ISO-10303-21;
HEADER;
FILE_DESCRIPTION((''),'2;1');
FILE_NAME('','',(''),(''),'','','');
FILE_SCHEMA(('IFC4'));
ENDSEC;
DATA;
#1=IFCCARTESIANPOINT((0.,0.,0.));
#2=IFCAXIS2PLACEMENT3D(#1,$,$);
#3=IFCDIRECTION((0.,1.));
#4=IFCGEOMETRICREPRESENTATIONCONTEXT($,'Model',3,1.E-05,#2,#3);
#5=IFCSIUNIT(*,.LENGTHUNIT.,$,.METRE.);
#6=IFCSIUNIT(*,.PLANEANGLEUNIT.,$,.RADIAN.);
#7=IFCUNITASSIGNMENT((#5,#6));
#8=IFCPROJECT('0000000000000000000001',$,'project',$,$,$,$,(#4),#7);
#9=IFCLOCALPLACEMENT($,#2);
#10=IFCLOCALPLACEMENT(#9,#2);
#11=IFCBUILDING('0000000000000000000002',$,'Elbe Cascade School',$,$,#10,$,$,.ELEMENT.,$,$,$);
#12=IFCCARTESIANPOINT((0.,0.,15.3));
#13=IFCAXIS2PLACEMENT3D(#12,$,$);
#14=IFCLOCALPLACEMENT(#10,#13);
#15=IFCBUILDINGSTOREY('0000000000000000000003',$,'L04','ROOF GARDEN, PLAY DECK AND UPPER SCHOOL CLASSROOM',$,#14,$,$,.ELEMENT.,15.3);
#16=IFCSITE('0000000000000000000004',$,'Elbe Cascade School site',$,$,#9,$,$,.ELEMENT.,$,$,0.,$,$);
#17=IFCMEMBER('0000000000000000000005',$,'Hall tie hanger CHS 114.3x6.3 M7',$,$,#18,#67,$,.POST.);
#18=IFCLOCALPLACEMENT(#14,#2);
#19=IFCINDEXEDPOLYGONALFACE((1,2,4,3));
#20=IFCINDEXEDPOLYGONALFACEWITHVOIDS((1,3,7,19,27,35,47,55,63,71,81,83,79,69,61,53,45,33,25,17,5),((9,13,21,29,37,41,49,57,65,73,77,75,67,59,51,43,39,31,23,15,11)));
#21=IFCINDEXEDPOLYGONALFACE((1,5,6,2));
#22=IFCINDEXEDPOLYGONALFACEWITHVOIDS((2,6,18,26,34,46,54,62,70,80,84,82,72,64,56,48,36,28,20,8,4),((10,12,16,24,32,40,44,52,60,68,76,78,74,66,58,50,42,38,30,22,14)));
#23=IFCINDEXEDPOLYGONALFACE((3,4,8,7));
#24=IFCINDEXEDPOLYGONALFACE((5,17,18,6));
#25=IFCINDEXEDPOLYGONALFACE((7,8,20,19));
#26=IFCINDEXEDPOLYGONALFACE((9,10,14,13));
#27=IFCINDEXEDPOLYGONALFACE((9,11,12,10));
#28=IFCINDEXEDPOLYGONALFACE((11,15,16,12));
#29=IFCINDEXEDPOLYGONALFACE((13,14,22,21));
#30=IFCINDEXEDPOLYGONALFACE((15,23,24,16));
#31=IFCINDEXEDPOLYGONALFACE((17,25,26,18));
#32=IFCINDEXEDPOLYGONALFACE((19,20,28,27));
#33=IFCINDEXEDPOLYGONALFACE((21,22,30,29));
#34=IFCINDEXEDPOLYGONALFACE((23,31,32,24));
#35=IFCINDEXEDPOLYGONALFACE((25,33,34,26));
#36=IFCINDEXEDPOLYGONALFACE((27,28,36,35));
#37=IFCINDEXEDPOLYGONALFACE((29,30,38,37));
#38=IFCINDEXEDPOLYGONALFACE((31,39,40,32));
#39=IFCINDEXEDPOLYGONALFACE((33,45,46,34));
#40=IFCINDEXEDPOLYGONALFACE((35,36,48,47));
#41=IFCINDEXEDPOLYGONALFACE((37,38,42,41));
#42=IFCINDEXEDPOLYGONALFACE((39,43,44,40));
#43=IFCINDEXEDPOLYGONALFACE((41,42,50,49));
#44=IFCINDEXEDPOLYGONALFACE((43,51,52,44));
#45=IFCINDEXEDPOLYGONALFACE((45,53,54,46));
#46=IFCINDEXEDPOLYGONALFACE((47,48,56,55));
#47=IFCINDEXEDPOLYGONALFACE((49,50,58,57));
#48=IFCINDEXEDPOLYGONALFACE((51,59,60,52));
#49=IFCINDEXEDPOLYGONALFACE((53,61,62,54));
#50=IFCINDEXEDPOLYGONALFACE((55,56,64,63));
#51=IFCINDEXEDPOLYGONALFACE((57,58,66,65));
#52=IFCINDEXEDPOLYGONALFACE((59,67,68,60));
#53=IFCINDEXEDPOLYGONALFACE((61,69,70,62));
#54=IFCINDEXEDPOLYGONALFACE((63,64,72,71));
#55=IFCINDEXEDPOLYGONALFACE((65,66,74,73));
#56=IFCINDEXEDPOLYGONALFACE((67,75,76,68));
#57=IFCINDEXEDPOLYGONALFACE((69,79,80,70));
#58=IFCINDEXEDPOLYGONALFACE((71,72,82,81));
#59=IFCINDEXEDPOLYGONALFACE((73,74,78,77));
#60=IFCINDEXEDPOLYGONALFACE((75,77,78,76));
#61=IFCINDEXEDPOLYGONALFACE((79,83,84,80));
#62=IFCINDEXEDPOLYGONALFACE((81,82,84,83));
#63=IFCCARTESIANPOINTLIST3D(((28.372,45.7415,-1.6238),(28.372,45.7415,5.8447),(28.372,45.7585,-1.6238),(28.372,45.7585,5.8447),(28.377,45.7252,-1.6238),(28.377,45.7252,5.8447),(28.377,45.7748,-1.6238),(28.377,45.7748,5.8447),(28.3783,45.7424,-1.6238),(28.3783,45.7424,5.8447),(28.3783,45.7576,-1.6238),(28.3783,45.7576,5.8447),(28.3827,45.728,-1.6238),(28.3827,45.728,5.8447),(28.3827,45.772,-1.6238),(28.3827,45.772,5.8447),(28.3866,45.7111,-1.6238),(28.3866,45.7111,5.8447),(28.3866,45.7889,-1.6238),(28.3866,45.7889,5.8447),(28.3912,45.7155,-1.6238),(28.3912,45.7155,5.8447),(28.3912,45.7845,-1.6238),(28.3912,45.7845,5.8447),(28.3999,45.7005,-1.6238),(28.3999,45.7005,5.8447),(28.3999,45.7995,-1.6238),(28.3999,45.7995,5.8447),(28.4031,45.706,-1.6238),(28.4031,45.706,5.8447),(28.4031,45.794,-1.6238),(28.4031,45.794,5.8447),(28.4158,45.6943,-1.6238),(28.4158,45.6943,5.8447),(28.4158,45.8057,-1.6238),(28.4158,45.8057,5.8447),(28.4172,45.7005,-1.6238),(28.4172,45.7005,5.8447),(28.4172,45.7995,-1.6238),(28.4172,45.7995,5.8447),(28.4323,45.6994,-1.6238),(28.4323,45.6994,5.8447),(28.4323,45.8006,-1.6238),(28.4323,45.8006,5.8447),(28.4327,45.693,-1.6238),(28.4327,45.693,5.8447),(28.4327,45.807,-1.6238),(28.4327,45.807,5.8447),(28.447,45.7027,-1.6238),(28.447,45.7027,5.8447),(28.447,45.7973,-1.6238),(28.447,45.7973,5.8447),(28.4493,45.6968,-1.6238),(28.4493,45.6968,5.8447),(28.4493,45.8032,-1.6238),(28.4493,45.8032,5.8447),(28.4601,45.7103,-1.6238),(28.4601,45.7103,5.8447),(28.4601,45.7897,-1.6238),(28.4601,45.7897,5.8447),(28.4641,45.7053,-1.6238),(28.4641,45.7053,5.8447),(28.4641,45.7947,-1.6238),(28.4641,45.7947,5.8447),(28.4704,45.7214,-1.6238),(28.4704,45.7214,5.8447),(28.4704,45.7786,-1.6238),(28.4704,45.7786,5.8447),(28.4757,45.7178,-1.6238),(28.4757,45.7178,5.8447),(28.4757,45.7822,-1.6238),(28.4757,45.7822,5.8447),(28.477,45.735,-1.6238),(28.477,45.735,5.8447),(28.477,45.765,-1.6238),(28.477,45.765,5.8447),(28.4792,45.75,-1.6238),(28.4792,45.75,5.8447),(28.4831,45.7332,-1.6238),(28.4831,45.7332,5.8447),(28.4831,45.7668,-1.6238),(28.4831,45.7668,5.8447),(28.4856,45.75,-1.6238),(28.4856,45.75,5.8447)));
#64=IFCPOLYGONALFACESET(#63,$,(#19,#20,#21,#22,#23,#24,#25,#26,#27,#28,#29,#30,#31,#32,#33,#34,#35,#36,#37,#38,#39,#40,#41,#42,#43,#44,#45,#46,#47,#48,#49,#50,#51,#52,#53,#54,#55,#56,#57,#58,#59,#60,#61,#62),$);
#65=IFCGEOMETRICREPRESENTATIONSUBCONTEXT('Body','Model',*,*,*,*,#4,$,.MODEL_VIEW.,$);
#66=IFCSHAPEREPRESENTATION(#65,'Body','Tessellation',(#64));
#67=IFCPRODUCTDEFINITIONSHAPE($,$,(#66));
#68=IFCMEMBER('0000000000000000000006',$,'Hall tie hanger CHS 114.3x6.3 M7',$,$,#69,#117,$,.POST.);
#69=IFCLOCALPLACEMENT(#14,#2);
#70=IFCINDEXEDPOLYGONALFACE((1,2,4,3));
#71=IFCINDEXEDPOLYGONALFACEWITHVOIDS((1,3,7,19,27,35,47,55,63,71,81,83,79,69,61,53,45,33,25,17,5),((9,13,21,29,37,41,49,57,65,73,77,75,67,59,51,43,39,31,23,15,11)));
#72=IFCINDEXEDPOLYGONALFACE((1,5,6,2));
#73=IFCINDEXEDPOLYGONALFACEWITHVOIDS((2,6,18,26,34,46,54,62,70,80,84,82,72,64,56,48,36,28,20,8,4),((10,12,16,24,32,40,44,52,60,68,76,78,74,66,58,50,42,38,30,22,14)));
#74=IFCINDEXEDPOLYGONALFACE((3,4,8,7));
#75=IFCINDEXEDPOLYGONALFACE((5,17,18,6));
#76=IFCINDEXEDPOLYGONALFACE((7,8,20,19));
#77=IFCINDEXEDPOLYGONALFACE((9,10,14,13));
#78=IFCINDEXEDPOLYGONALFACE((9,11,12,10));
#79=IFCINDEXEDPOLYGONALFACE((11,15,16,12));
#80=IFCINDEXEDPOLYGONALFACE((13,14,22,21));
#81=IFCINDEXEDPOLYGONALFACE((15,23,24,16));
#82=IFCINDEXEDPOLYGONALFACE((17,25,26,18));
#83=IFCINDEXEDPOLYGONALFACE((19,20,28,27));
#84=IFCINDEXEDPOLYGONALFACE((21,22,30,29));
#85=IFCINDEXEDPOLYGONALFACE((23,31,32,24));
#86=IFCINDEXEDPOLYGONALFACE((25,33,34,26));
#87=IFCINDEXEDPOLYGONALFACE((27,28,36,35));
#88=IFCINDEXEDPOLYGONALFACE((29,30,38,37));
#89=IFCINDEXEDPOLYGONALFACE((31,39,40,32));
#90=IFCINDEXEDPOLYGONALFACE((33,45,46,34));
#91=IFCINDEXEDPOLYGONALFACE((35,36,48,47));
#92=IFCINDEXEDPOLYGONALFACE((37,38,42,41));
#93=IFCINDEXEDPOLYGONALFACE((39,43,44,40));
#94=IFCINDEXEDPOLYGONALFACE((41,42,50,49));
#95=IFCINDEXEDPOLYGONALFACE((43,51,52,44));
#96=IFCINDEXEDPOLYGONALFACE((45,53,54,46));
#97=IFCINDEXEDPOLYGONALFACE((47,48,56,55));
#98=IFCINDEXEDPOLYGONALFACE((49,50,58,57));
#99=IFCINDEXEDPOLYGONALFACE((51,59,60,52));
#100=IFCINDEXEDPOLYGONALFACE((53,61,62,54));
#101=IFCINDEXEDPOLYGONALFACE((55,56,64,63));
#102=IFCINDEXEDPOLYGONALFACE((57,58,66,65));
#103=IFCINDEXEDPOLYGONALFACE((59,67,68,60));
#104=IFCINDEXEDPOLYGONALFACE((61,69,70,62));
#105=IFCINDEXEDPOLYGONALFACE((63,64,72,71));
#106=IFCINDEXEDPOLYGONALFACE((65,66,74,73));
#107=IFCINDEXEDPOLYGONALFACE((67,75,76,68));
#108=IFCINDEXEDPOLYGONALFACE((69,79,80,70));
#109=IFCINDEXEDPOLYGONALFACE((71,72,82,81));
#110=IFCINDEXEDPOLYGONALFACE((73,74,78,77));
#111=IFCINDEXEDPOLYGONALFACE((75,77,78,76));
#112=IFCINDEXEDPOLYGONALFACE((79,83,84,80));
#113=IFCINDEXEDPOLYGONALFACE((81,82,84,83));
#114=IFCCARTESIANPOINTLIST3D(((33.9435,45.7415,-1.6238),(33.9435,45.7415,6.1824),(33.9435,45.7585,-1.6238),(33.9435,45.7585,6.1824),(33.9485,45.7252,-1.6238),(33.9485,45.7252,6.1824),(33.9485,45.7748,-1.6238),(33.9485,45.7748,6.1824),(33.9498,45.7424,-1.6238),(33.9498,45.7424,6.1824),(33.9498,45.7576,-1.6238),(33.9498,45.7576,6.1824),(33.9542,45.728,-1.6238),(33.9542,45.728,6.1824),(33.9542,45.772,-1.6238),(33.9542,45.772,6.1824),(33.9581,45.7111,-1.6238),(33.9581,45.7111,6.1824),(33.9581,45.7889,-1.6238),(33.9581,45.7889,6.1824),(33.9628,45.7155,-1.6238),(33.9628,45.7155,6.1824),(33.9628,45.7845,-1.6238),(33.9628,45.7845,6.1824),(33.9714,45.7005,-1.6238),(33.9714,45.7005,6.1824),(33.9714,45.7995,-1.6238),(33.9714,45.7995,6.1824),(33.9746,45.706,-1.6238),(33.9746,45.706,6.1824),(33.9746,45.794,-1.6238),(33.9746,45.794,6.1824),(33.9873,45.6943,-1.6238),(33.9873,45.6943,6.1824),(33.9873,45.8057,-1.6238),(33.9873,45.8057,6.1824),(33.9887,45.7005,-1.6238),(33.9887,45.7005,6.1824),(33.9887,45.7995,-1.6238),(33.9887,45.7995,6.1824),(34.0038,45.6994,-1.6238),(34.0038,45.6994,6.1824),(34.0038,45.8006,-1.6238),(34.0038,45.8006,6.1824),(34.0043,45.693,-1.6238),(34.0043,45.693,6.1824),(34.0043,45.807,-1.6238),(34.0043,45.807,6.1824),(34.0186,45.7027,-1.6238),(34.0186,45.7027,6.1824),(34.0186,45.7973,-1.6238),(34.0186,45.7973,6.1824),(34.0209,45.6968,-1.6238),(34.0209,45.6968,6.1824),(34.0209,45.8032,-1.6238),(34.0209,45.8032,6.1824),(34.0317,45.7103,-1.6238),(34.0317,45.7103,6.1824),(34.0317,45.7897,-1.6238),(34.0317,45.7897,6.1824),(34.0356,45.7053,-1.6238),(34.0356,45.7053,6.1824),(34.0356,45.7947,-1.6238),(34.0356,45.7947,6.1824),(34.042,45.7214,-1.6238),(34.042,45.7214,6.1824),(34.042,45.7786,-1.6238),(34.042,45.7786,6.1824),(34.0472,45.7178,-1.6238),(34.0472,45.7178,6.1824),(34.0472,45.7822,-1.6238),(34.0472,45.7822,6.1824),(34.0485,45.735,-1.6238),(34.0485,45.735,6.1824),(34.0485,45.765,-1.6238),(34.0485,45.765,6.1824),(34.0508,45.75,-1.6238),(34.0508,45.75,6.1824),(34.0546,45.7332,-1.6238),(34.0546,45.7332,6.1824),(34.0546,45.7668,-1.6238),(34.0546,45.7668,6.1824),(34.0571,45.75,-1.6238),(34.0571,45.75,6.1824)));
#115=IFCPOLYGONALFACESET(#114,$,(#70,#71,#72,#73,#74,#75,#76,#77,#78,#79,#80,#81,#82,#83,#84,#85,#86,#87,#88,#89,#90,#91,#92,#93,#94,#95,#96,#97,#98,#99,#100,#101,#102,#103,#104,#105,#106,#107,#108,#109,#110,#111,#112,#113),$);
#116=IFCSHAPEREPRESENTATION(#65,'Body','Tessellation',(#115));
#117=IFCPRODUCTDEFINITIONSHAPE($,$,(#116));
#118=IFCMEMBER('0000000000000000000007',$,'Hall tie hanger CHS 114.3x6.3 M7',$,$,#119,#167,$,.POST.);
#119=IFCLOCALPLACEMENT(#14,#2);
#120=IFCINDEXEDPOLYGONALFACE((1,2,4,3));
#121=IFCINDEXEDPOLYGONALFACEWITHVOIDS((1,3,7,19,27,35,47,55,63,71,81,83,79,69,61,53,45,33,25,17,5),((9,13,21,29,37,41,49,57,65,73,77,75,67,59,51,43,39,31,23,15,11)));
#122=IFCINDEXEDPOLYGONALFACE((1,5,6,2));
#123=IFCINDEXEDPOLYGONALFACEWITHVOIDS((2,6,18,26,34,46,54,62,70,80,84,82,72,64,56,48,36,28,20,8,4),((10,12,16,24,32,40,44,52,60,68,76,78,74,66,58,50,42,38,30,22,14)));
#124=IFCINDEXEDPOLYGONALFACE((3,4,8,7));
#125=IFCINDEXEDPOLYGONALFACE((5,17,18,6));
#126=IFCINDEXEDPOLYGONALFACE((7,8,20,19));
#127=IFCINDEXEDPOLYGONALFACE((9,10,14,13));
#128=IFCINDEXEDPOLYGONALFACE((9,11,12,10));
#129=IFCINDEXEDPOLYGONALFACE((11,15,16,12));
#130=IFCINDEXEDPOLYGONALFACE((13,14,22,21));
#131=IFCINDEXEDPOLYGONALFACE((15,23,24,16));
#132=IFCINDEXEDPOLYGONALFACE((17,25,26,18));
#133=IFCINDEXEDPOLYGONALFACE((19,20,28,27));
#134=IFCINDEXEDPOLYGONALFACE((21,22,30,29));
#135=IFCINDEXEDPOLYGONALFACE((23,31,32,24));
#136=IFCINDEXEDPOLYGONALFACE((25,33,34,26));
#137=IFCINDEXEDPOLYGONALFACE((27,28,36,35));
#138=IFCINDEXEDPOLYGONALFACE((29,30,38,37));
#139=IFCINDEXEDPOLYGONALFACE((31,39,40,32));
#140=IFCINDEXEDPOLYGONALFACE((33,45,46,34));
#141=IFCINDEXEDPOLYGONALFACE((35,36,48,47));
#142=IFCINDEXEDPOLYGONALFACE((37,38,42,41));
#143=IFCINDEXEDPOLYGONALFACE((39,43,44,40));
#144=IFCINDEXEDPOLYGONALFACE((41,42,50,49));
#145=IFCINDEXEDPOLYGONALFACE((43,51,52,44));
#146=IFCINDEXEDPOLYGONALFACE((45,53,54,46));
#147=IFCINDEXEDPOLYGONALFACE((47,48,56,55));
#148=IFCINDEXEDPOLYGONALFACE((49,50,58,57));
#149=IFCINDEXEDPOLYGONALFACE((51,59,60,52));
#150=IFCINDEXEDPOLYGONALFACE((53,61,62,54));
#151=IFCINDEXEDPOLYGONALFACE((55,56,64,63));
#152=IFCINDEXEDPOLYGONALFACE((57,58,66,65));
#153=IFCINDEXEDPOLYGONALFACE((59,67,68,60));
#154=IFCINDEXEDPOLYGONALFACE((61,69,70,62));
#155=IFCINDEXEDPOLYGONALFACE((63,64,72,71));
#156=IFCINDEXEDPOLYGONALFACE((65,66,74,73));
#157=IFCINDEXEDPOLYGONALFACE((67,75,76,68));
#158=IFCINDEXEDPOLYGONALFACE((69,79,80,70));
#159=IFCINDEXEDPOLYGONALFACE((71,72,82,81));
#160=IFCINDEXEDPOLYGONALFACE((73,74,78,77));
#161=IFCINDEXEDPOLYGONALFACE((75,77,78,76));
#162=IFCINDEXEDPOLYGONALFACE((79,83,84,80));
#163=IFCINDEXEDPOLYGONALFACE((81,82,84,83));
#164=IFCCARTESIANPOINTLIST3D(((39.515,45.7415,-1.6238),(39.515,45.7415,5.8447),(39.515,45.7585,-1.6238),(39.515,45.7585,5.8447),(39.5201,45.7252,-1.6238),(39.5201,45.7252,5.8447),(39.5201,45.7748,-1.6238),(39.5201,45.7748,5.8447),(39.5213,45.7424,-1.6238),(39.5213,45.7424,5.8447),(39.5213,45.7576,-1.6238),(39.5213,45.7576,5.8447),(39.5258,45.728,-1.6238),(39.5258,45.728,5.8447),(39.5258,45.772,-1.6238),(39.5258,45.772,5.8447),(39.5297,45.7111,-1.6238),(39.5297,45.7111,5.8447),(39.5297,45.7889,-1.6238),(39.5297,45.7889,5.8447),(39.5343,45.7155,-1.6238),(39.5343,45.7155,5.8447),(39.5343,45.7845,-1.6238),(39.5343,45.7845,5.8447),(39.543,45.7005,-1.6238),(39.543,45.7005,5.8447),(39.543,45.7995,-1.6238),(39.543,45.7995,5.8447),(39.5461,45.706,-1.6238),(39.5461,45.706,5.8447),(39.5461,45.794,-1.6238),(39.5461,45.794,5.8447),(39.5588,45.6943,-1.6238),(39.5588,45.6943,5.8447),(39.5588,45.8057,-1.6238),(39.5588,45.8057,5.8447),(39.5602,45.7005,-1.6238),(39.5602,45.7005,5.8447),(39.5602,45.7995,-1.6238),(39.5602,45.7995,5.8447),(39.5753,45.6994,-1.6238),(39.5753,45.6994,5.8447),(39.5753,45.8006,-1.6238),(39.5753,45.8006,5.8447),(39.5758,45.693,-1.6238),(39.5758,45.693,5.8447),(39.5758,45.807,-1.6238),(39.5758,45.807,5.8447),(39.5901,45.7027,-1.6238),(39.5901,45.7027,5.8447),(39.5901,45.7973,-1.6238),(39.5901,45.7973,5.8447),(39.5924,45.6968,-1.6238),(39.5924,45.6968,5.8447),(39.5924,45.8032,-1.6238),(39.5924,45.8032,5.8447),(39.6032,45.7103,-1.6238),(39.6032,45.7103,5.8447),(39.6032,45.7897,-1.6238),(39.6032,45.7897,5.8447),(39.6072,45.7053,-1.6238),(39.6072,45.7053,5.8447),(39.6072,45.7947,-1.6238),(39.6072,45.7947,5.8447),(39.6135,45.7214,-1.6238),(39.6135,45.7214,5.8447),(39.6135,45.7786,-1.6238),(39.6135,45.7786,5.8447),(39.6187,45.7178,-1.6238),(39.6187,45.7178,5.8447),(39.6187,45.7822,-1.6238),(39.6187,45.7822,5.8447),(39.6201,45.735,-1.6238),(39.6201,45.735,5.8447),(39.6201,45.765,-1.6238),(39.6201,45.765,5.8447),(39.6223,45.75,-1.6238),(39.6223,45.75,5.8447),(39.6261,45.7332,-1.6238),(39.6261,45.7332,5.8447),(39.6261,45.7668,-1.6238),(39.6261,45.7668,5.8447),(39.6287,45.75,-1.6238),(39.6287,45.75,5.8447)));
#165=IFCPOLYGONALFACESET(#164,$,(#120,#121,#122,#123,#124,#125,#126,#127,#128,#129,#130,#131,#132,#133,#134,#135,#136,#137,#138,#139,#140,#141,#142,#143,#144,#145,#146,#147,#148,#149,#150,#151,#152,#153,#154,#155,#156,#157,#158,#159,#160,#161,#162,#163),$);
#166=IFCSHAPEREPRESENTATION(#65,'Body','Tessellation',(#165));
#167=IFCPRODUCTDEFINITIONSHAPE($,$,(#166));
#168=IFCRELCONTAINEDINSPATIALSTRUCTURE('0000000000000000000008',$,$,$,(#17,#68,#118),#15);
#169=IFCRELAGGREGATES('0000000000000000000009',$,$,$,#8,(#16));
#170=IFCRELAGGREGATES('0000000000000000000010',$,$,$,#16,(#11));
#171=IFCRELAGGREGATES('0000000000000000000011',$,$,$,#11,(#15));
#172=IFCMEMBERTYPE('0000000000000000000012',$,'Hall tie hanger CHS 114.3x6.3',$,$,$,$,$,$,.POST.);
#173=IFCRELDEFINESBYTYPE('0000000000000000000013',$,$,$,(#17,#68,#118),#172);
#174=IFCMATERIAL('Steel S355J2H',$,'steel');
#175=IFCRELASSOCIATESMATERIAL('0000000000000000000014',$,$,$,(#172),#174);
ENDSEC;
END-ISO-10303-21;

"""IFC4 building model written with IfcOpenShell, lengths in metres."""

from ifc_helpers import new_model, si_unit, direction, frame, origin, origin_2d, place, context, subcontext, project, spatial, hollow_circle, extrude, material, material_profile, profile_set, type_object, element, save


model = new_model("IFC4")

# Units and contexts
model_context = context("Model", 3, precision=1e-05, world=origin(), true_north=direction((0.0, 1.0)))
body_context = subcontext(model_context, "Body", "Model", "MODEL_VIEW")
ifc_project = project(units=[si_unit("LENGTHUNIT", "METRE"), si_unit("PLANEANGLEUNIT", "RADIAN")], contexts=[model_context])

# Site, building, storey
site_placement = place(None, origin())
site = spatial("IfcSite", under=ifc_project, at=site_placement, Name="Elbe Cascade School site", CompositionType="ELEMENT", RefElevation=0.0)
building_placement = place(site_placement, origin())
building = spatial("IfcBuilding", under=site, at=building_placement, Name="Elbe Cascade School", CompositionType="ELEMENT")
storey_placement = place(building_placement, frame((0.0, 0.0, 15.3)))
storey = spatial("IfcBuildingStorey", under=building, at=storey_placement, Name="L04", Description="ROOF GARDEN, PLAY DECK AND UPPER SCHOOL CLASSROOM", CompositionType="ELEMENT", Elevation=15.3)

# Members
ifc_material_1 = material(Name="Steel S355J2H", Category="steel")
ifc_material_profile_1 = material_profile(ifc_material_1, hollow_circle(Radius=0.0571, WallThickness=0.0063, at=origin_2d()), Name="CHS 114.3x6.3")
ifc_profile_set_1 = profile_set([ifc_material_profile_1], Name="Steel S355J2H")
member_type_1 = type_object("IfcMemberType", Name="Hall tie hanger CHS 114.3x6.3", PredefinedType="POST", material=ifc_profile_set_1)
member_1_placement = place(storey_placement, frame((28.4285, 45.75, -1.6238), z_axis=(0.0, 0.0, 1.0), x_axis=(1.0, 0.0, 0.0)))
element("IfcMember", 1, at=member_1_placement, inside=storey, type_object=member_type_1, Name="Hall tie hanger CHS 114.3x6.3 M7", PredefinedType="POST", context=body_context, shape_type="SweptSolid", body=[
    extrude(hollow_circle(Radius=0.0571, WallThickness=0.0063, at=origin_2d()), origin(), (0.0, 0.0, 1.0), 7.4685),
])
member_2_placement = place(storey_placement, frame((34.0, 45.75, -1.6238), z_axis=(0.0, 0.0, 1.0), x_axis=(1.0, 0.0, 0.0)))
element("IfcMember", 2, at=member_2_placement, inside=storey, type_object=member_type_1, Name="Hall tie hanger CHS 114.3x6.3 M7", PredefinedType="POST", context=body_context, shape_type="SweptSolid", body=[
    extrude(hollow_circle(Radius=0.0571, WallThickness=0.0063, at=origin_2d()), origin(), (0.0, 0.0, 1.0), 7.8062),
])
member_3_placement = place(storey_placement, frame((39.5715, 45.75, -1.6238), z_axis=(0.0, 0.0, 1.0), x_axis=(1.0, 0.0, 0.0)))
element("IfcMember", 3, at=member_3_placement, inside=storey, type_object=member_type_1, Name="Hall tie hanger CHS 114.3x6.3 M7", PredefinedType="POST", context=body_context, shape_type="SweptSolid", body=[
    extrude(hollow_circle(Radius=0.0571, WallThickness=0.0063, at=origin_2d()), origin(), (0.0, 0.0, 1.0), 7.4685),
])

save(model, "model.ifc")
